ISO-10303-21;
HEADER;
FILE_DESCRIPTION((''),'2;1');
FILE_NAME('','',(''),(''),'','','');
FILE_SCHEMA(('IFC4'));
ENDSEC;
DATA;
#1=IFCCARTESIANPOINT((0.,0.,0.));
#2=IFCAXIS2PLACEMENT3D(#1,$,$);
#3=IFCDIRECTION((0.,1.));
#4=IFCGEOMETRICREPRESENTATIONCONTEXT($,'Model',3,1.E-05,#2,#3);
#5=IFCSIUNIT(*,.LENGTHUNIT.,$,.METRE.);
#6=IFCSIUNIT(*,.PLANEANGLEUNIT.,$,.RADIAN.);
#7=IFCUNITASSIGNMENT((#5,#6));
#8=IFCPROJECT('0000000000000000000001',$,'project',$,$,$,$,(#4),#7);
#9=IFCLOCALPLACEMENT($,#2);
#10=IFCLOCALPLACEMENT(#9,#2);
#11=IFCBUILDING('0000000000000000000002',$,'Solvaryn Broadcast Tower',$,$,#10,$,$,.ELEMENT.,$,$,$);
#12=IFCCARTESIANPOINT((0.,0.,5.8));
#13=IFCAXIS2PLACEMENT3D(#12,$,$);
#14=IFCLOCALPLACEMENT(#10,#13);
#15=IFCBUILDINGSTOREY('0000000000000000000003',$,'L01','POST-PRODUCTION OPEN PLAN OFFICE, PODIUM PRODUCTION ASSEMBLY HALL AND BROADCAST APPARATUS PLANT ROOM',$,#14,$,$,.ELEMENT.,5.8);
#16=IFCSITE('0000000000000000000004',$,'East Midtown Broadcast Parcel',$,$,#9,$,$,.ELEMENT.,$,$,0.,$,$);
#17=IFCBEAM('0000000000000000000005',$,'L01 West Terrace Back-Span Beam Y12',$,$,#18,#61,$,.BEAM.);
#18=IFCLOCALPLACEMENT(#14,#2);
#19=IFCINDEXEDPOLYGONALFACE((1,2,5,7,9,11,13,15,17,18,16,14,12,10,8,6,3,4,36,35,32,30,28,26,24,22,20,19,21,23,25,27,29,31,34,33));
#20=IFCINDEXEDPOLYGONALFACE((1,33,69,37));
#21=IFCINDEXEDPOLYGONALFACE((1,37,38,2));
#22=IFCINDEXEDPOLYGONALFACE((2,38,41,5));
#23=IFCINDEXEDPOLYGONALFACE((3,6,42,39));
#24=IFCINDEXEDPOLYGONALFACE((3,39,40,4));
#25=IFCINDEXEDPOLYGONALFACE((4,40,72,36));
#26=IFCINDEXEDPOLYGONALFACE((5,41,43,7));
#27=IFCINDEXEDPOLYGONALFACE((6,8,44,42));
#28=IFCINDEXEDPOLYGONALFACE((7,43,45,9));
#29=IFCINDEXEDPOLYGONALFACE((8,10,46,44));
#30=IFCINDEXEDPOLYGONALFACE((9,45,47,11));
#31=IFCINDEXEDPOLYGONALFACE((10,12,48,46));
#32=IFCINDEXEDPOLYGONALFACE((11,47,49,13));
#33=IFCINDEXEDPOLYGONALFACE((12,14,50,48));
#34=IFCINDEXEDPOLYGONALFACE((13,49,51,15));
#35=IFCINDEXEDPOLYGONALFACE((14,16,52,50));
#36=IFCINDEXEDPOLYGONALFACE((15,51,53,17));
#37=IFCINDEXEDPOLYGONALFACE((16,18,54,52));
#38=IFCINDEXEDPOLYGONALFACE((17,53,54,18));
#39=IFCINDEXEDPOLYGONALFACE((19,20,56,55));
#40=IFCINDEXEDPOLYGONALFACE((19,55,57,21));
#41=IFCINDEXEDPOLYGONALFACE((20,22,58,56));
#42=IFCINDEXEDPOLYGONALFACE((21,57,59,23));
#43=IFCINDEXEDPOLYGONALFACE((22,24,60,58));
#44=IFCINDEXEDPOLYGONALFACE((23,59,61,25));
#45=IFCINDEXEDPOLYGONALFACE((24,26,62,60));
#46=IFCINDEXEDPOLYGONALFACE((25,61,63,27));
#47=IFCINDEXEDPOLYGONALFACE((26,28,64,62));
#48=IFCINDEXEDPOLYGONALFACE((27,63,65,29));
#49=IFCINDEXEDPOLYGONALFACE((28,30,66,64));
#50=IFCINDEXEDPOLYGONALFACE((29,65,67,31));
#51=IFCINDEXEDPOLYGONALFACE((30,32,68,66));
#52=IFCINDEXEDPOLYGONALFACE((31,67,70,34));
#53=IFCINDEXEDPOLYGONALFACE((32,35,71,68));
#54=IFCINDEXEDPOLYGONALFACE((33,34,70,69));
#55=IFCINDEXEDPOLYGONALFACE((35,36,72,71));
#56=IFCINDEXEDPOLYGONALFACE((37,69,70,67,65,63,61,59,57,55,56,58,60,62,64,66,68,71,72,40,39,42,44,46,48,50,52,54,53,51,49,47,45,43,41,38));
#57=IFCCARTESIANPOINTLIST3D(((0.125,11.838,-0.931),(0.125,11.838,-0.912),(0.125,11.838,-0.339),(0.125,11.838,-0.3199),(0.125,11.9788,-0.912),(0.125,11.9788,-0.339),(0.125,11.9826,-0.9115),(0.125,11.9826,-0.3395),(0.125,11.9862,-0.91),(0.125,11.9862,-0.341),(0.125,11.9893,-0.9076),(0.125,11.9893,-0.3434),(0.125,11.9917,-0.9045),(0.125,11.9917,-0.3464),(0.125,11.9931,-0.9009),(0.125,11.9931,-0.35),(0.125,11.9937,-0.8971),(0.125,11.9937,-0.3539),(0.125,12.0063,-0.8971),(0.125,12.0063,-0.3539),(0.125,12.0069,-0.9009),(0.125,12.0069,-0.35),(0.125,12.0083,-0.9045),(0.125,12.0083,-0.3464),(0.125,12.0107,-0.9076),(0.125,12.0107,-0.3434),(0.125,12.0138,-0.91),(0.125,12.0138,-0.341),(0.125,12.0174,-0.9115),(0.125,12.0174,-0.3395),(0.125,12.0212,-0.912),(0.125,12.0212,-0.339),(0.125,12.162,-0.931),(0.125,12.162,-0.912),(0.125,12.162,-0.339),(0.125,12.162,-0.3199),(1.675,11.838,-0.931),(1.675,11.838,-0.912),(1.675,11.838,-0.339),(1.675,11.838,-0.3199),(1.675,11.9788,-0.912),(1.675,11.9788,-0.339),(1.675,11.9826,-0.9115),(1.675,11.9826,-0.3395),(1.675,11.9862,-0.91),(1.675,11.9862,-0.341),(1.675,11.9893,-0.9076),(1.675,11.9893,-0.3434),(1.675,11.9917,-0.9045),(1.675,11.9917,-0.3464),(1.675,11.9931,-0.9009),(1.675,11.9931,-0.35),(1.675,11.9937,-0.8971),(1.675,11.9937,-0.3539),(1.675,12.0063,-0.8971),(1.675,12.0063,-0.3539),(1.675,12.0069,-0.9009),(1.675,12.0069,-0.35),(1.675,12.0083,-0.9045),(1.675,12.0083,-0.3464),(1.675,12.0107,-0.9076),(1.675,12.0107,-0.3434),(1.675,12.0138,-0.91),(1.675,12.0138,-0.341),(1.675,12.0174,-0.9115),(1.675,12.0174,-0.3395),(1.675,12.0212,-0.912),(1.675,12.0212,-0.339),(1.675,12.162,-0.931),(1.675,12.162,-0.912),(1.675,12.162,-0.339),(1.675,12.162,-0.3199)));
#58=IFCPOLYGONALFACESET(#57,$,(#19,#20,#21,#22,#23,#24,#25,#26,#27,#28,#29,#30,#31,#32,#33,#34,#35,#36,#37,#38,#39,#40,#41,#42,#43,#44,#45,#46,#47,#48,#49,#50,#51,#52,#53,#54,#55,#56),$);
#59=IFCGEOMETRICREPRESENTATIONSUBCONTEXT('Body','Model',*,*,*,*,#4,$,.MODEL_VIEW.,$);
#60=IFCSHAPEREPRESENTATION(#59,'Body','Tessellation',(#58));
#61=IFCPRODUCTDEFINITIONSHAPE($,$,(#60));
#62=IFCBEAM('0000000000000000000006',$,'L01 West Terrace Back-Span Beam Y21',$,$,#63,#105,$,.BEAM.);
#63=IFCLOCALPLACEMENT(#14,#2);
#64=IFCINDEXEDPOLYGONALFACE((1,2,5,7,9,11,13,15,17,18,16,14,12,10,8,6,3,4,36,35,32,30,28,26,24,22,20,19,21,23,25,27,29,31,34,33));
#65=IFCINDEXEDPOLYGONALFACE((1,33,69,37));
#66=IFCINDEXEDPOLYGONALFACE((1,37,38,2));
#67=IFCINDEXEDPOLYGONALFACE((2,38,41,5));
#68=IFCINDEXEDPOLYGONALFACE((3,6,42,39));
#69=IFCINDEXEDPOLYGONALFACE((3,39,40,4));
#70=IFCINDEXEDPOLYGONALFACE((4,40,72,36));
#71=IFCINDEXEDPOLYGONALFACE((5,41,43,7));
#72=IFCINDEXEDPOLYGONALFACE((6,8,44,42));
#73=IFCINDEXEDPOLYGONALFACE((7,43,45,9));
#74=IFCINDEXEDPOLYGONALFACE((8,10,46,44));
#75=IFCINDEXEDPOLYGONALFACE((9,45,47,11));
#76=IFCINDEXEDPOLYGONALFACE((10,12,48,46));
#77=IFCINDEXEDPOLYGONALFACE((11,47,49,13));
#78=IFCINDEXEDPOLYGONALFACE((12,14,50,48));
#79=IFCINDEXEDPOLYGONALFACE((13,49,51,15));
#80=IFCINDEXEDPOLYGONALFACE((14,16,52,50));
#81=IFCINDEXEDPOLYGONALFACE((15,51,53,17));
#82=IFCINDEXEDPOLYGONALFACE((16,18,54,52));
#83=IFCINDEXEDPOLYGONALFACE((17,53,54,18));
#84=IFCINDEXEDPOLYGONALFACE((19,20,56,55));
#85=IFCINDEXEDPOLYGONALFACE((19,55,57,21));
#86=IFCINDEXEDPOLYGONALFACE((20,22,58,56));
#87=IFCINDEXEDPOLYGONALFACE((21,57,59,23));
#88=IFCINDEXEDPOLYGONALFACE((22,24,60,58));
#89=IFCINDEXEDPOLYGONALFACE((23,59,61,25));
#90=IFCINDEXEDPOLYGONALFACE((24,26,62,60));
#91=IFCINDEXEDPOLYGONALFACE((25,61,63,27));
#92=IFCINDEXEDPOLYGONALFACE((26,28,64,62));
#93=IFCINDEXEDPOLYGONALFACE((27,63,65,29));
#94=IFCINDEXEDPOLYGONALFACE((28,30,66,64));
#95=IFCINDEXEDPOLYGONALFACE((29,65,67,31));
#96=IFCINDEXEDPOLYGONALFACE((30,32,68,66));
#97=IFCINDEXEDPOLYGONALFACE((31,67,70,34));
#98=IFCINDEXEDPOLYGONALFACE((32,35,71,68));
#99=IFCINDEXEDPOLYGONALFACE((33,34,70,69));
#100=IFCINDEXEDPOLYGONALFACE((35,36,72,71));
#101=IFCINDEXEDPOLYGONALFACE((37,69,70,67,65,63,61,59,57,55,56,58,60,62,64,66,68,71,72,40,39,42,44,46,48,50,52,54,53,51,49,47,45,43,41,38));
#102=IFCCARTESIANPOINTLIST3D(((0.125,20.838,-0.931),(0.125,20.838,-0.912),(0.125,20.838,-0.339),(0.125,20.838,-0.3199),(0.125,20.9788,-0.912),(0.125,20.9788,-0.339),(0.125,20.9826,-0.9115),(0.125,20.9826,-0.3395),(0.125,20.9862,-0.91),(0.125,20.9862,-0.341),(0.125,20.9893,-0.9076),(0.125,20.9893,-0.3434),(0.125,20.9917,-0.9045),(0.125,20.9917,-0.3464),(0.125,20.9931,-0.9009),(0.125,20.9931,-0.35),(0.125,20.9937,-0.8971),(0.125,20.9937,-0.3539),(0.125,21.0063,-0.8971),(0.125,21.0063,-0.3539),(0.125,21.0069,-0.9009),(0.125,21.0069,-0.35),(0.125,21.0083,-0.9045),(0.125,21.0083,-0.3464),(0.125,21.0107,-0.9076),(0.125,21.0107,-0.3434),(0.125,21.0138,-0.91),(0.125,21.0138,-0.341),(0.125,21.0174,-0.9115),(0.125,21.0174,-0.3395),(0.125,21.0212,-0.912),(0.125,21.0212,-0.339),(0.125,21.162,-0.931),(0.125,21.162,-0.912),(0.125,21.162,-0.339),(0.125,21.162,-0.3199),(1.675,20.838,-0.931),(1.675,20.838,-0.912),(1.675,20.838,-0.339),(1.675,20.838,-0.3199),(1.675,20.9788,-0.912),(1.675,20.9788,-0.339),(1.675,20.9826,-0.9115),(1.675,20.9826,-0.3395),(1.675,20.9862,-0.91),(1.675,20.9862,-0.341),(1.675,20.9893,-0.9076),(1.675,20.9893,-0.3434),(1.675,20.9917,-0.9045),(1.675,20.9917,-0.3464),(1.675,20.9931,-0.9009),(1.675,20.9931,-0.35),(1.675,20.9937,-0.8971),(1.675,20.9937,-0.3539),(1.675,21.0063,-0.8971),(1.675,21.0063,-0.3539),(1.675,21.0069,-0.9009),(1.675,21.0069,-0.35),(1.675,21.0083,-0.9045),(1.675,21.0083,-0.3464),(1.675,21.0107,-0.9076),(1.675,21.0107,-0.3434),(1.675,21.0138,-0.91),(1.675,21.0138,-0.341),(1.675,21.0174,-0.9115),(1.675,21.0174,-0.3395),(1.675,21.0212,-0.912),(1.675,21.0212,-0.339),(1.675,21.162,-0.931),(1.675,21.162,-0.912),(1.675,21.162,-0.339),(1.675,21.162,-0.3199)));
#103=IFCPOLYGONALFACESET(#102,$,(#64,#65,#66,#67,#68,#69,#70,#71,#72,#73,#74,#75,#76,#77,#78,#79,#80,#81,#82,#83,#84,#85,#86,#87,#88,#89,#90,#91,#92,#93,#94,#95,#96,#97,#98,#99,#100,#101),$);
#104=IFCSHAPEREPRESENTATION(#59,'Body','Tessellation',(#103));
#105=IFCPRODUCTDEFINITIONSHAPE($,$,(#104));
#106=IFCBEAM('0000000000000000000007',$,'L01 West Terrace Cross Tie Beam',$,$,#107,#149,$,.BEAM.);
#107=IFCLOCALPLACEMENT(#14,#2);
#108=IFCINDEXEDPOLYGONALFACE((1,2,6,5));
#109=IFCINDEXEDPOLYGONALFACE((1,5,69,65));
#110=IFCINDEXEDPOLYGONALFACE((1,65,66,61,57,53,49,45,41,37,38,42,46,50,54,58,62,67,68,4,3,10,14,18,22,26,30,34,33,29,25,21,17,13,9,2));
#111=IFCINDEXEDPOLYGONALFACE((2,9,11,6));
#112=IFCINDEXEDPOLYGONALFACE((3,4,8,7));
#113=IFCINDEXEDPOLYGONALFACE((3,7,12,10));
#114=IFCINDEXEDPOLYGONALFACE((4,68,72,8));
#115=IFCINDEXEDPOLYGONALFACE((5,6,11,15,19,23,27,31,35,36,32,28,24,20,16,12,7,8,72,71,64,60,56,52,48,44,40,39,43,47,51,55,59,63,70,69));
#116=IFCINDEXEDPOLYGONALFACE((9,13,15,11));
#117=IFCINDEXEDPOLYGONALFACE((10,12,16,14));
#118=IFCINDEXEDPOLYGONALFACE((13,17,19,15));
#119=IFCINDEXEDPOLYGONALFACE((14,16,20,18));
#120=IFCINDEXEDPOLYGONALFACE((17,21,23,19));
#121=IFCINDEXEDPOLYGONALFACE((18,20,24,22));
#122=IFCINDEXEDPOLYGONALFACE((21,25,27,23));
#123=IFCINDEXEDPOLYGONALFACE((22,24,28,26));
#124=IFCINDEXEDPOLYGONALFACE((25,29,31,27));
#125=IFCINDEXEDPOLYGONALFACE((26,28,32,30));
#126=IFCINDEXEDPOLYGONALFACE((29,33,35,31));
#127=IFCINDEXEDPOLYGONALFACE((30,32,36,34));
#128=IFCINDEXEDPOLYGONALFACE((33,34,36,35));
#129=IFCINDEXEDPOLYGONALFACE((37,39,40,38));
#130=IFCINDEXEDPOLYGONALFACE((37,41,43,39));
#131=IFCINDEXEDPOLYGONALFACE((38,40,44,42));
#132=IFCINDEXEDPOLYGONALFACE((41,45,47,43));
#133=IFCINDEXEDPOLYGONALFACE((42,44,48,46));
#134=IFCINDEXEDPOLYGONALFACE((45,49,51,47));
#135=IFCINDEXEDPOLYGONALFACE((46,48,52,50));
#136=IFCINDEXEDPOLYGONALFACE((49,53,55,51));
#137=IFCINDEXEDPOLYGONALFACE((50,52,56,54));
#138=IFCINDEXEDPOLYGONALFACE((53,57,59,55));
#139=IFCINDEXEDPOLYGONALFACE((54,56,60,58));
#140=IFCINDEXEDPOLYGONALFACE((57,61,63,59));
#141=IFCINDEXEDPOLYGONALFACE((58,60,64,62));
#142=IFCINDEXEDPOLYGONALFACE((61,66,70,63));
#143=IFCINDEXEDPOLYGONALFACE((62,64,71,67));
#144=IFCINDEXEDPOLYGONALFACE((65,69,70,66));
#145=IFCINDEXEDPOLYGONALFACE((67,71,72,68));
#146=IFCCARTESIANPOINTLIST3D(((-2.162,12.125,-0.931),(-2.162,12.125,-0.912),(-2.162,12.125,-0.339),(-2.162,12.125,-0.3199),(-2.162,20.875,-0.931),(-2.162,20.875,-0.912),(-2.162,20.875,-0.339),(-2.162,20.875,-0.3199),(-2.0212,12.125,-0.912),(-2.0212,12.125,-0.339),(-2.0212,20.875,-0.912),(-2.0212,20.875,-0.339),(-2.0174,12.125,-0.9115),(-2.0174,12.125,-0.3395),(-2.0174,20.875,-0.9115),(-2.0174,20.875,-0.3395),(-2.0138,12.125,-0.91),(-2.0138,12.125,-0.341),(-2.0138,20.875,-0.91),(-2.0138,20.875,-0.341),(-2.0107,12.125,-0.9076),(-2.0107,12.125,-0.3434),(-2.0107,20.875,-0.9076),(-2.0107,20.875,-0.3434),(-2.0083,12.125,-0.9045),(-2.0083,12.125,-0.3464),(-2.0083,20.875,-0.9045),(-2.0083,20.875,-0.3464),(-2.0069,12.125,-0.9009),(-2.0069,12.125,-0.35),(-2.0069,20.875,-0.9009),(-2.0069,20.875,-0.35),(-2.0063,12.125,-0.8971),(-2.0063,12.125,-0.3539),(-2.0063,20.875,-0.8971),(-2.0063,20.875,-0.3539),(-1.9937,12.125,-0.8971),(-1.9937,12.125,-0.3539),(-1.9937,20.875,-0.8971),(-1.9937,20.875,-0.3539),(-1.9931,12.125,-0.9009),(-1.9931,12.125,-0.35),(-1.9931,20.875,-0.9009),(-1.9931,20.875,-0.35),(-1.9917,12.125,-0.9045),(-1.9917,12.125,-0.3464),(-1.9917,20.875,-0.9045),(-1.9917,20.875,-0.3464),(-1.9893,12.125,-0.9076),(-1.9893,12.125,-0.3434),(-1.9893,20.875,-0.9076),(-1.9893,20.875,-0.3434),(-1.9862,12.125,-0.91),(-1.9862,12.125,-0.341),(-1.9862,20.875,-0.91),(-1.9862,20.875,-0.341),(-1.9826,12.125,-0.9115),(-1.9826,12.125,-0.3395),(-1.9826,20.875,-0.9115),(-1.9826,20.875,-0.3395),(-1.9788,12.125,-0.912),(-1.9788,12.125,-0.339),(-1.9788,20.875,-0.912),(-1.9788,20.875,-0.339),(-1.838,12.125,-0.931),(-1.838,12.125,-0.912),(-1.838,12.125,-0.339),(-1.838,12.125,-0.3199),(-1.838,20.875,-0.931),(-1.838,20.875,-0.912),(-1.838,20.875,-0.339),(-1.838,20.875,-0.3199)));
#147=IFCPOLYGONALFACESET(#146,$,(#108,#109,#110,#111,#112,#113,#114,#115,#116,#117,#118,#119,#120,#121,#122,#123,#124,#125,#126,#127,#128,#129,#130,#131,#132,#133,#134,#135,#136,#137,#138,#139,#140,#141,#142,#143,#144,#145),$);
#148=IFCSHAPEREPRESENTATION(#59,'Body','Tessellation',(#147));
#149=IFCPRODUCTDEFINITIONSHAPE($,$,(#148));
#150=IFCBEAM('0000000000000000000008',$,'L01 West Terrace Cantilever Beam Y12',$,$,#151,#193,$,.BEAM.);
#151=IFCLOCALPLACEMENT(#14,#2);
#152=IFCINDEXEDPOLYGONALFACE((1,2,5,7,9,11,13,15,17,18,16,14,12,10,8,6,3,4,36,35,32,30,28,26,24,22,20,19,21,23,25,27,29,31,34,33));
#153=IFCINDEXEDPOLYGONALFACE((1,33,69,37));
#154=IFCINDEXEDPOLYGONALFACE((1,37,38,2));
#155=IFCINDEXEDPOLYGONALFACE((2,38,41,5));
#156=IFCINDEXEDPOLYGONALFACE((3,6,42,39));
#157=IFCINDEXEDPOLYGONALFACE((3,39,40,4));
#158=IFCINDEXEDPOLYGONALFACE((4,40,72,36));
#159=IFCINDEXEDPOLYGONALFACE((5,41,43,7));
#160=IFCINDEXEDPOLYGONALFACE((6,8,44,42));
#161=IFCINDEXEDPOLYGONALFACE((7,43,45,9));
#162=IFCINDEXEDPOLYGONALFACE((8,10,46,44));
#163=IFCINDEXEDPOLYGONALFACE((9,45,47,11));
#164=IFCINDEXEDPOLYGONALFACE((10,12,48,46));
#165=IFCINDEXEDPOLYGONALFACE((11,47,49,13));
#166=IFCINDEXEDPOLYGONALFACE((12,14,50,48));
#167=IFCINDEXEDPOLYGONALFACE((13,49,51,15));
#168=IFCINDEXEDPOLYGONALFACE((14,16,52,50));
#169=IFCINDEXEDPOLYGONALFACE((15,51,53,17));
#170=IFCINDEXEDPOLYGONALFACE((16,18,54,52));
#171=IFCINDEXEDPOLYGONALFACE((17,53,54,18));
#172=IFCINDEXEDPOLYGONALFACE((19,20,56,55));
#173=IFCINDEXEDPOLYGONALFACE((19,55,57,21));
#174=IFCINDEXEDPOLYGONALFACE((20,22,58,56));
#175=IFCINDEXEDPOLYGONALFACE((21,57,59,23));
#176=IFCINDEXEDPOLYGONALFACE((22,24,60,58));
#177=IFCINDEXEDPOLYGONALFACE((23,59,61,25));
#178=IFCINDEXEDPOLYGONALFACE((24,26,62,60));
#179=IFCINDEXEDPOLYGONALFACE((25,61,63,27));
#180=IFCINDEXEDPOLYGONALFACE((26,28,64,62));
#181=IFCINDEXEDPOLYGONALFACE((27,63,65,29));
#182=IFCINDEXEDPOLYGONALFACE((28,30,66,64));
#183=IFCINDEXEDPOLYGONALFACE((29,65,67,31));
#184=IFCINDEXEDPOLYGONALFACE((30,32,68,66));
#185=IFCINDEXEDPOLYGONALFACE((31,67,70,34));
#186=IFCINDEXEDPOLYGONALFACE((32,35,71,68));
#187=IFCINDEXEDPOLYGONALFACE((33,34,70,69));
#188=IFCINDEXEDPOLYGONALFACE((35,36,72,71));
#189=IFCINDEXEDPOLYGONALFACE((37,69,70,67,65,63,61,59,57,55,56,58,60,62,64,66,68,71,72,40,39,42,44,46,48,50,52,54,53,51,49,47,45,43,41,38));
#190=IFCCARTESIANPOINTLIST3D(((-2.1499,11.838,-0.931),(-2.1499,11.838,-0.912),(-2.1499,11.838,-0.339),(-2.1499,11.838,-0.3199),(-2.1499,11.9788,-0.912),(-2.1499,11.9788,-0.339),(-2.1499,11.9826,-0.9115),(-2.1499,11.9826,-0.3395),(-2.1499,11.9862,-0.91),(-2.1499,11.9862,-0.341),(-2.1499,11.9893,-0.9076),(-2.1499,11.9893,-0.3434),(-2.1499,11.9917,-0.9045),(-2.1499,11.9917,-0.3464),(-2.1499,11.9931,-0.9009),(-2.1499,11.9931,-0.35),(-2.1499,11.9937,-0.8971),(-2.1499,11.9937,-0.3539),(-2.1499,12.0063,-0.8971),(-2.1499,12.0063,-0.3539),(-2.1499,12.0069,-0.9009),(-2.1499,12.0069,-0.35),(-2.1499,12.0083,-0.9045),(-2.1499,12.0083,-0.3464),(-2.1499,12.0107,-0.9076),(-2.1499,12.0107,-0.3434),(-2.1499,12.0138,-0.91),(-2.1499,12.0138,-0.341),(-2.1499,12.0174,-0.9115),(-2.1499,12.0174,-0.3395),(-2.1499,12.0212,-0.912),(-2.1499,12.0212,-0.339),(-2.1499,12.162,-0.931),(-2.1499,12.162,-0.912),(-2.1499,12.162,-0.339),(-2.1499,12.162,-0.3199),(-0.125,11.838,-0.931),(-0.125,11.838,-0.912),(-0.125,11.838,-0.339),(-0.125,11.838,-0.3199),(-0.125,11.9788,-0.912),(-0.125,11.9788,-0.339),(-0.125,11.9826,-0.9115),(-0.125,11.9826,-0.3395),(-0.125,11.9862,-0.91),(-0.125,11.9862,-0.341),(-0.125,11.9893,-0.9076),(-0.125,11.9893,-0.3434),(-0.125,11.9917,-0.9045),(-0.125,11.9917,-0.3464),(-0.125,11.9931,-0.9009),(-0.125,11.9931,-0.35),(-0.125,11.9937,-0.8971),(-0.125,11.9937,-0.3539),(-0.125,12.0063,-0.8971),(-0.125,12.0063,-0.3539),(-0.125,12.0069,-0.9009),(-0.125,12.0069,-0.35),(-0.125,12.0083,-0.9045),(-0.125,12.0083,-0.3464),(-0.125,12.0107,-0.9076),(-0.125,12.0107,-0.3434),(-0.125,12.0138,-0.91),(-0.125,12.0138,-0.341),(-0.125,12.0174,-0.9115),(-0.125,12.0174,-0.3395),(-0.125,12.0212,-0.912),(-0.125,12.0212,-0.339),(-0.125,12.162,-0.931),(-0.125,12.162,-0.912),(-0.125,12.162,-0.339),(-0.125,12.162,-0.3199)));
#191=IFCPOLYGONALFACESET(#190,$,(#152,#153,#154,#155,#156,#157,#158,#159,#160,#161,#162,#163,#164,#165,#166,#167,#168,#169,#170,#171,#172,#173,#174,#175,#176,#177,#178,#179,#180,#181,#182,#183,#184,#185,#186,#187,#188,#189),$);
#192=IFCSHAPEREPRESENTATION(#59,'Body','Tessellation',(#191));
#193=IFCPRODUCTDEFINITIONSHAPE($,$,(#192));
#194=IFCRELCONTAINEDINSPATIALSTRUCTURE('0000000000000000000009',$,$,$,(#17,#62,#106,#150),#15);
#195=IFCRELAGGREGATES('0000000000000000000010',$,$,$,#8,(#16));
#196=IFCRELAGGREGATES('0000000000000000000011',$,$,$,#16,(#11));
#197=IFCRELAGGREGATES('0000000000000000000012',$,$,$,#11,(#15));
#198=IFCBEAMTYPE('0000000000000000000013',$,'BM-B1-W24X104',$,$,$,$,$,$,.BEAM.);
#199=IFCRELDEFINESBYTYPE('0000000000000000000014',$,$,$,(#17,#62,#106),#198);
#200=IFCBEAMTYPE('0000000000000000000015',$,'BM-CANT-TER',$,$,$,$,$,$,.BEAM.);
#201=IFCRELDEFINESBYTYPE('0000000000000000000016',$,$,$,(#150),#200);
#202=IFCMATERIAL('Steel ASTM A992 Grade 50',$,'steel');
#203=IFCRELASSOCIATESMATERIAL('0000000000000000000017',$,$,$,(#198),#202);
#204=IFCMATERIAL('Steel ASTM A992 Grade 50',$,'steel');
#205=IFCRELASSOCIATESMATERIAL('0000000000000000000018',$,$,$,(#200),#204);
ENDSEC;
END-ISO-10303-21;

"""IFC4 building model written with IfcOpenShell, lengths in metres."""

from ifc_helpers import new_model, si_unit, direction, frame, origin, origin_2d, place, context, subcontext, project, spatial, i_section, extrude, material, material_profile, profile_set, type_object, element, save


model = new_model("IFC4")

# Units and contexts
model_context = context("Model", 3, precision=1e-05, world=origin(), true_north=direction((0.0, 1.0)))
body_context = subcontext(model_context, "Body", "Model", "MODEL_VIEW")
ifc_project = project(units=[si_unit("LENGTHUNIT", "METRE"), si_unit("PLANEANGLEUNIT", "RADIAN")], contexts=[model_context])

# Site, building, storey
site_placement = place(None, origin())
site = spatial("IfcSite", under=ifc_project, at=site_placement, Name="East Midtown Broadcast Parcel", CompositionType="ELEMENT", RefElevation=0.0)
building_placement = place(site_placement, origin())
building = spatial("IfcBuilding", under=site, at=building_placement, Name="Solvaryn Broadcast Tower", CompositionType="ELEMENT")
storey_placement = place(building_placement, frame((0.0, 0.0, 5.8)))
storey = spatial("IfcBuildingStorey", under=building, at=storey_placement, Name="L01", Description="POST-PRODUCTION OPEN PLAN OFFICE, PODIUM PRODUCTION ASSEMBLY HALL AND BROADCAST APPARATUS PLANT ROOM", CompositionType="ELEMENT", Elevation=5.8)

# Beams
ifc_material_1 = material(Name="Steel ASTM A992 Grade 50", Category="steel")
ifc_material_profile_1 = material_profile(ifc_material_1, i_section(OverallWidth=0.324, OverallDepth=0.6111, WebThickness=0.0127, FlangeThickness=0.019, FilletRadius=0.0149, at=origin_2d()))
ifc_profile_set_1 = profile_set([ifc_material_profile_1], Name="Steel ASTM A992 Grade 50")
beam_type_1 = type_object("IfcBeamType", Name="BM-B1-W24X104", PredefinedType="BEAM", material=ifc_profile_set_1)
for number, where, z_axis, x_axis, name in (
    (1, (1.675, 12.0, -0.6255), (-1.0, 0.0, 0.0), (0.0, -1.0, 0.0), "L01 West Terrace Back-Span Beam Y12"),
    (2, (1.675, 21.0, -0.6255), (-1.0, 0.0, 0.0), (0.0, -1.0, 0.0), "L01 West Terrace Back-Span Beam Y21"),
):
    element("IfcBeam", number, at=place(storey_placement, frame(where, z_axis=z_axis, x_axis=x_axis)), inside=storey, type_object=beam_type_1, Name=name, PredefinedType="BEAM", context=body_context, shape_type="SweptSolid", body=[
        extrude(i_section(OverallWidth=0.324, OverallDepth=0.6111, WebThickness=0.0127, FlangeThickness=0.019, FilletRadius=0.0149, at=origin_2d()), origin(), (0.0, 0.0, 1.0), 1.55),
    ])
beam_placement = place(storey_placement, frame((-2.0, 12.125, -0.6255), z_axis=(0.0, 1.0, 0.0), x_axis=(-1.0, 0.0, 0.0)))
element("IfcBeam", 3, at=beam_placement, inside=storey, type_object=beam_type_1, Name="L01 West Terrace Cross Tie Beam", PredefinedType="BEAM", context=body_context, shape_type="SweptSolid", body=[
    extrude(i_section(OverallWidth=0.324, OverallDepth=0.6111, WebThickness=0.0127, FlangeThickness=0.019, FilletRadius=0.0149, at=origin_2d()), origin(), (0.0, 0.0, 1.0), 8.75),
])
ifc_material_2 = material(Name="Steel ASTM A992 Grade 50", Category="steel")
ifc_material_profile_2 = material_profile(ifc_material_2, i_section(OverallWidth=0.324, OverallDepth=0.6111, WebThickness=0.0127, FlangeThickness=0.019, FilletRadius=0.0149, at=origin_2d()))
ifc_profile_set_2 = profile_set([ifc_material_profile_2], Name="Steel ASTM A992 Grade 50")
beam_type_2 = type_object("IfcBeamType", Name="BM-CANT-TER", PredefinedType="BEAM", material=ifc_profile_set_2)
for number, where, z_axis, x_axis, name in (
    (4, (-0.125, 12.0, -0.6255), (-1.0, 0.0, 0.0), (0.0, -1.0, 0.0), "L01 West Terrace Cantilever Beam Y12"),
):
    element("IfcBeam", number, at=place(storey_placement, frame(where, z_axis=z_axis, x_axis=x_axis)), inside=storey, type_object=beam_type_2, Name=name, PredefinedType="BEAM", context=body_context, shape_type="SweptSolid", body=[
        extrude(i_section(OverallWidth=0.324, OverallDepth=0.6111, WebThickness=0.0127, FlangeThickness=0.019, FilletRadius=0.0149, at=origin_2d()), origin(), (0.0, 0.0, 1.0), 2.0249),
    ])

save(model, "model.ifc")
